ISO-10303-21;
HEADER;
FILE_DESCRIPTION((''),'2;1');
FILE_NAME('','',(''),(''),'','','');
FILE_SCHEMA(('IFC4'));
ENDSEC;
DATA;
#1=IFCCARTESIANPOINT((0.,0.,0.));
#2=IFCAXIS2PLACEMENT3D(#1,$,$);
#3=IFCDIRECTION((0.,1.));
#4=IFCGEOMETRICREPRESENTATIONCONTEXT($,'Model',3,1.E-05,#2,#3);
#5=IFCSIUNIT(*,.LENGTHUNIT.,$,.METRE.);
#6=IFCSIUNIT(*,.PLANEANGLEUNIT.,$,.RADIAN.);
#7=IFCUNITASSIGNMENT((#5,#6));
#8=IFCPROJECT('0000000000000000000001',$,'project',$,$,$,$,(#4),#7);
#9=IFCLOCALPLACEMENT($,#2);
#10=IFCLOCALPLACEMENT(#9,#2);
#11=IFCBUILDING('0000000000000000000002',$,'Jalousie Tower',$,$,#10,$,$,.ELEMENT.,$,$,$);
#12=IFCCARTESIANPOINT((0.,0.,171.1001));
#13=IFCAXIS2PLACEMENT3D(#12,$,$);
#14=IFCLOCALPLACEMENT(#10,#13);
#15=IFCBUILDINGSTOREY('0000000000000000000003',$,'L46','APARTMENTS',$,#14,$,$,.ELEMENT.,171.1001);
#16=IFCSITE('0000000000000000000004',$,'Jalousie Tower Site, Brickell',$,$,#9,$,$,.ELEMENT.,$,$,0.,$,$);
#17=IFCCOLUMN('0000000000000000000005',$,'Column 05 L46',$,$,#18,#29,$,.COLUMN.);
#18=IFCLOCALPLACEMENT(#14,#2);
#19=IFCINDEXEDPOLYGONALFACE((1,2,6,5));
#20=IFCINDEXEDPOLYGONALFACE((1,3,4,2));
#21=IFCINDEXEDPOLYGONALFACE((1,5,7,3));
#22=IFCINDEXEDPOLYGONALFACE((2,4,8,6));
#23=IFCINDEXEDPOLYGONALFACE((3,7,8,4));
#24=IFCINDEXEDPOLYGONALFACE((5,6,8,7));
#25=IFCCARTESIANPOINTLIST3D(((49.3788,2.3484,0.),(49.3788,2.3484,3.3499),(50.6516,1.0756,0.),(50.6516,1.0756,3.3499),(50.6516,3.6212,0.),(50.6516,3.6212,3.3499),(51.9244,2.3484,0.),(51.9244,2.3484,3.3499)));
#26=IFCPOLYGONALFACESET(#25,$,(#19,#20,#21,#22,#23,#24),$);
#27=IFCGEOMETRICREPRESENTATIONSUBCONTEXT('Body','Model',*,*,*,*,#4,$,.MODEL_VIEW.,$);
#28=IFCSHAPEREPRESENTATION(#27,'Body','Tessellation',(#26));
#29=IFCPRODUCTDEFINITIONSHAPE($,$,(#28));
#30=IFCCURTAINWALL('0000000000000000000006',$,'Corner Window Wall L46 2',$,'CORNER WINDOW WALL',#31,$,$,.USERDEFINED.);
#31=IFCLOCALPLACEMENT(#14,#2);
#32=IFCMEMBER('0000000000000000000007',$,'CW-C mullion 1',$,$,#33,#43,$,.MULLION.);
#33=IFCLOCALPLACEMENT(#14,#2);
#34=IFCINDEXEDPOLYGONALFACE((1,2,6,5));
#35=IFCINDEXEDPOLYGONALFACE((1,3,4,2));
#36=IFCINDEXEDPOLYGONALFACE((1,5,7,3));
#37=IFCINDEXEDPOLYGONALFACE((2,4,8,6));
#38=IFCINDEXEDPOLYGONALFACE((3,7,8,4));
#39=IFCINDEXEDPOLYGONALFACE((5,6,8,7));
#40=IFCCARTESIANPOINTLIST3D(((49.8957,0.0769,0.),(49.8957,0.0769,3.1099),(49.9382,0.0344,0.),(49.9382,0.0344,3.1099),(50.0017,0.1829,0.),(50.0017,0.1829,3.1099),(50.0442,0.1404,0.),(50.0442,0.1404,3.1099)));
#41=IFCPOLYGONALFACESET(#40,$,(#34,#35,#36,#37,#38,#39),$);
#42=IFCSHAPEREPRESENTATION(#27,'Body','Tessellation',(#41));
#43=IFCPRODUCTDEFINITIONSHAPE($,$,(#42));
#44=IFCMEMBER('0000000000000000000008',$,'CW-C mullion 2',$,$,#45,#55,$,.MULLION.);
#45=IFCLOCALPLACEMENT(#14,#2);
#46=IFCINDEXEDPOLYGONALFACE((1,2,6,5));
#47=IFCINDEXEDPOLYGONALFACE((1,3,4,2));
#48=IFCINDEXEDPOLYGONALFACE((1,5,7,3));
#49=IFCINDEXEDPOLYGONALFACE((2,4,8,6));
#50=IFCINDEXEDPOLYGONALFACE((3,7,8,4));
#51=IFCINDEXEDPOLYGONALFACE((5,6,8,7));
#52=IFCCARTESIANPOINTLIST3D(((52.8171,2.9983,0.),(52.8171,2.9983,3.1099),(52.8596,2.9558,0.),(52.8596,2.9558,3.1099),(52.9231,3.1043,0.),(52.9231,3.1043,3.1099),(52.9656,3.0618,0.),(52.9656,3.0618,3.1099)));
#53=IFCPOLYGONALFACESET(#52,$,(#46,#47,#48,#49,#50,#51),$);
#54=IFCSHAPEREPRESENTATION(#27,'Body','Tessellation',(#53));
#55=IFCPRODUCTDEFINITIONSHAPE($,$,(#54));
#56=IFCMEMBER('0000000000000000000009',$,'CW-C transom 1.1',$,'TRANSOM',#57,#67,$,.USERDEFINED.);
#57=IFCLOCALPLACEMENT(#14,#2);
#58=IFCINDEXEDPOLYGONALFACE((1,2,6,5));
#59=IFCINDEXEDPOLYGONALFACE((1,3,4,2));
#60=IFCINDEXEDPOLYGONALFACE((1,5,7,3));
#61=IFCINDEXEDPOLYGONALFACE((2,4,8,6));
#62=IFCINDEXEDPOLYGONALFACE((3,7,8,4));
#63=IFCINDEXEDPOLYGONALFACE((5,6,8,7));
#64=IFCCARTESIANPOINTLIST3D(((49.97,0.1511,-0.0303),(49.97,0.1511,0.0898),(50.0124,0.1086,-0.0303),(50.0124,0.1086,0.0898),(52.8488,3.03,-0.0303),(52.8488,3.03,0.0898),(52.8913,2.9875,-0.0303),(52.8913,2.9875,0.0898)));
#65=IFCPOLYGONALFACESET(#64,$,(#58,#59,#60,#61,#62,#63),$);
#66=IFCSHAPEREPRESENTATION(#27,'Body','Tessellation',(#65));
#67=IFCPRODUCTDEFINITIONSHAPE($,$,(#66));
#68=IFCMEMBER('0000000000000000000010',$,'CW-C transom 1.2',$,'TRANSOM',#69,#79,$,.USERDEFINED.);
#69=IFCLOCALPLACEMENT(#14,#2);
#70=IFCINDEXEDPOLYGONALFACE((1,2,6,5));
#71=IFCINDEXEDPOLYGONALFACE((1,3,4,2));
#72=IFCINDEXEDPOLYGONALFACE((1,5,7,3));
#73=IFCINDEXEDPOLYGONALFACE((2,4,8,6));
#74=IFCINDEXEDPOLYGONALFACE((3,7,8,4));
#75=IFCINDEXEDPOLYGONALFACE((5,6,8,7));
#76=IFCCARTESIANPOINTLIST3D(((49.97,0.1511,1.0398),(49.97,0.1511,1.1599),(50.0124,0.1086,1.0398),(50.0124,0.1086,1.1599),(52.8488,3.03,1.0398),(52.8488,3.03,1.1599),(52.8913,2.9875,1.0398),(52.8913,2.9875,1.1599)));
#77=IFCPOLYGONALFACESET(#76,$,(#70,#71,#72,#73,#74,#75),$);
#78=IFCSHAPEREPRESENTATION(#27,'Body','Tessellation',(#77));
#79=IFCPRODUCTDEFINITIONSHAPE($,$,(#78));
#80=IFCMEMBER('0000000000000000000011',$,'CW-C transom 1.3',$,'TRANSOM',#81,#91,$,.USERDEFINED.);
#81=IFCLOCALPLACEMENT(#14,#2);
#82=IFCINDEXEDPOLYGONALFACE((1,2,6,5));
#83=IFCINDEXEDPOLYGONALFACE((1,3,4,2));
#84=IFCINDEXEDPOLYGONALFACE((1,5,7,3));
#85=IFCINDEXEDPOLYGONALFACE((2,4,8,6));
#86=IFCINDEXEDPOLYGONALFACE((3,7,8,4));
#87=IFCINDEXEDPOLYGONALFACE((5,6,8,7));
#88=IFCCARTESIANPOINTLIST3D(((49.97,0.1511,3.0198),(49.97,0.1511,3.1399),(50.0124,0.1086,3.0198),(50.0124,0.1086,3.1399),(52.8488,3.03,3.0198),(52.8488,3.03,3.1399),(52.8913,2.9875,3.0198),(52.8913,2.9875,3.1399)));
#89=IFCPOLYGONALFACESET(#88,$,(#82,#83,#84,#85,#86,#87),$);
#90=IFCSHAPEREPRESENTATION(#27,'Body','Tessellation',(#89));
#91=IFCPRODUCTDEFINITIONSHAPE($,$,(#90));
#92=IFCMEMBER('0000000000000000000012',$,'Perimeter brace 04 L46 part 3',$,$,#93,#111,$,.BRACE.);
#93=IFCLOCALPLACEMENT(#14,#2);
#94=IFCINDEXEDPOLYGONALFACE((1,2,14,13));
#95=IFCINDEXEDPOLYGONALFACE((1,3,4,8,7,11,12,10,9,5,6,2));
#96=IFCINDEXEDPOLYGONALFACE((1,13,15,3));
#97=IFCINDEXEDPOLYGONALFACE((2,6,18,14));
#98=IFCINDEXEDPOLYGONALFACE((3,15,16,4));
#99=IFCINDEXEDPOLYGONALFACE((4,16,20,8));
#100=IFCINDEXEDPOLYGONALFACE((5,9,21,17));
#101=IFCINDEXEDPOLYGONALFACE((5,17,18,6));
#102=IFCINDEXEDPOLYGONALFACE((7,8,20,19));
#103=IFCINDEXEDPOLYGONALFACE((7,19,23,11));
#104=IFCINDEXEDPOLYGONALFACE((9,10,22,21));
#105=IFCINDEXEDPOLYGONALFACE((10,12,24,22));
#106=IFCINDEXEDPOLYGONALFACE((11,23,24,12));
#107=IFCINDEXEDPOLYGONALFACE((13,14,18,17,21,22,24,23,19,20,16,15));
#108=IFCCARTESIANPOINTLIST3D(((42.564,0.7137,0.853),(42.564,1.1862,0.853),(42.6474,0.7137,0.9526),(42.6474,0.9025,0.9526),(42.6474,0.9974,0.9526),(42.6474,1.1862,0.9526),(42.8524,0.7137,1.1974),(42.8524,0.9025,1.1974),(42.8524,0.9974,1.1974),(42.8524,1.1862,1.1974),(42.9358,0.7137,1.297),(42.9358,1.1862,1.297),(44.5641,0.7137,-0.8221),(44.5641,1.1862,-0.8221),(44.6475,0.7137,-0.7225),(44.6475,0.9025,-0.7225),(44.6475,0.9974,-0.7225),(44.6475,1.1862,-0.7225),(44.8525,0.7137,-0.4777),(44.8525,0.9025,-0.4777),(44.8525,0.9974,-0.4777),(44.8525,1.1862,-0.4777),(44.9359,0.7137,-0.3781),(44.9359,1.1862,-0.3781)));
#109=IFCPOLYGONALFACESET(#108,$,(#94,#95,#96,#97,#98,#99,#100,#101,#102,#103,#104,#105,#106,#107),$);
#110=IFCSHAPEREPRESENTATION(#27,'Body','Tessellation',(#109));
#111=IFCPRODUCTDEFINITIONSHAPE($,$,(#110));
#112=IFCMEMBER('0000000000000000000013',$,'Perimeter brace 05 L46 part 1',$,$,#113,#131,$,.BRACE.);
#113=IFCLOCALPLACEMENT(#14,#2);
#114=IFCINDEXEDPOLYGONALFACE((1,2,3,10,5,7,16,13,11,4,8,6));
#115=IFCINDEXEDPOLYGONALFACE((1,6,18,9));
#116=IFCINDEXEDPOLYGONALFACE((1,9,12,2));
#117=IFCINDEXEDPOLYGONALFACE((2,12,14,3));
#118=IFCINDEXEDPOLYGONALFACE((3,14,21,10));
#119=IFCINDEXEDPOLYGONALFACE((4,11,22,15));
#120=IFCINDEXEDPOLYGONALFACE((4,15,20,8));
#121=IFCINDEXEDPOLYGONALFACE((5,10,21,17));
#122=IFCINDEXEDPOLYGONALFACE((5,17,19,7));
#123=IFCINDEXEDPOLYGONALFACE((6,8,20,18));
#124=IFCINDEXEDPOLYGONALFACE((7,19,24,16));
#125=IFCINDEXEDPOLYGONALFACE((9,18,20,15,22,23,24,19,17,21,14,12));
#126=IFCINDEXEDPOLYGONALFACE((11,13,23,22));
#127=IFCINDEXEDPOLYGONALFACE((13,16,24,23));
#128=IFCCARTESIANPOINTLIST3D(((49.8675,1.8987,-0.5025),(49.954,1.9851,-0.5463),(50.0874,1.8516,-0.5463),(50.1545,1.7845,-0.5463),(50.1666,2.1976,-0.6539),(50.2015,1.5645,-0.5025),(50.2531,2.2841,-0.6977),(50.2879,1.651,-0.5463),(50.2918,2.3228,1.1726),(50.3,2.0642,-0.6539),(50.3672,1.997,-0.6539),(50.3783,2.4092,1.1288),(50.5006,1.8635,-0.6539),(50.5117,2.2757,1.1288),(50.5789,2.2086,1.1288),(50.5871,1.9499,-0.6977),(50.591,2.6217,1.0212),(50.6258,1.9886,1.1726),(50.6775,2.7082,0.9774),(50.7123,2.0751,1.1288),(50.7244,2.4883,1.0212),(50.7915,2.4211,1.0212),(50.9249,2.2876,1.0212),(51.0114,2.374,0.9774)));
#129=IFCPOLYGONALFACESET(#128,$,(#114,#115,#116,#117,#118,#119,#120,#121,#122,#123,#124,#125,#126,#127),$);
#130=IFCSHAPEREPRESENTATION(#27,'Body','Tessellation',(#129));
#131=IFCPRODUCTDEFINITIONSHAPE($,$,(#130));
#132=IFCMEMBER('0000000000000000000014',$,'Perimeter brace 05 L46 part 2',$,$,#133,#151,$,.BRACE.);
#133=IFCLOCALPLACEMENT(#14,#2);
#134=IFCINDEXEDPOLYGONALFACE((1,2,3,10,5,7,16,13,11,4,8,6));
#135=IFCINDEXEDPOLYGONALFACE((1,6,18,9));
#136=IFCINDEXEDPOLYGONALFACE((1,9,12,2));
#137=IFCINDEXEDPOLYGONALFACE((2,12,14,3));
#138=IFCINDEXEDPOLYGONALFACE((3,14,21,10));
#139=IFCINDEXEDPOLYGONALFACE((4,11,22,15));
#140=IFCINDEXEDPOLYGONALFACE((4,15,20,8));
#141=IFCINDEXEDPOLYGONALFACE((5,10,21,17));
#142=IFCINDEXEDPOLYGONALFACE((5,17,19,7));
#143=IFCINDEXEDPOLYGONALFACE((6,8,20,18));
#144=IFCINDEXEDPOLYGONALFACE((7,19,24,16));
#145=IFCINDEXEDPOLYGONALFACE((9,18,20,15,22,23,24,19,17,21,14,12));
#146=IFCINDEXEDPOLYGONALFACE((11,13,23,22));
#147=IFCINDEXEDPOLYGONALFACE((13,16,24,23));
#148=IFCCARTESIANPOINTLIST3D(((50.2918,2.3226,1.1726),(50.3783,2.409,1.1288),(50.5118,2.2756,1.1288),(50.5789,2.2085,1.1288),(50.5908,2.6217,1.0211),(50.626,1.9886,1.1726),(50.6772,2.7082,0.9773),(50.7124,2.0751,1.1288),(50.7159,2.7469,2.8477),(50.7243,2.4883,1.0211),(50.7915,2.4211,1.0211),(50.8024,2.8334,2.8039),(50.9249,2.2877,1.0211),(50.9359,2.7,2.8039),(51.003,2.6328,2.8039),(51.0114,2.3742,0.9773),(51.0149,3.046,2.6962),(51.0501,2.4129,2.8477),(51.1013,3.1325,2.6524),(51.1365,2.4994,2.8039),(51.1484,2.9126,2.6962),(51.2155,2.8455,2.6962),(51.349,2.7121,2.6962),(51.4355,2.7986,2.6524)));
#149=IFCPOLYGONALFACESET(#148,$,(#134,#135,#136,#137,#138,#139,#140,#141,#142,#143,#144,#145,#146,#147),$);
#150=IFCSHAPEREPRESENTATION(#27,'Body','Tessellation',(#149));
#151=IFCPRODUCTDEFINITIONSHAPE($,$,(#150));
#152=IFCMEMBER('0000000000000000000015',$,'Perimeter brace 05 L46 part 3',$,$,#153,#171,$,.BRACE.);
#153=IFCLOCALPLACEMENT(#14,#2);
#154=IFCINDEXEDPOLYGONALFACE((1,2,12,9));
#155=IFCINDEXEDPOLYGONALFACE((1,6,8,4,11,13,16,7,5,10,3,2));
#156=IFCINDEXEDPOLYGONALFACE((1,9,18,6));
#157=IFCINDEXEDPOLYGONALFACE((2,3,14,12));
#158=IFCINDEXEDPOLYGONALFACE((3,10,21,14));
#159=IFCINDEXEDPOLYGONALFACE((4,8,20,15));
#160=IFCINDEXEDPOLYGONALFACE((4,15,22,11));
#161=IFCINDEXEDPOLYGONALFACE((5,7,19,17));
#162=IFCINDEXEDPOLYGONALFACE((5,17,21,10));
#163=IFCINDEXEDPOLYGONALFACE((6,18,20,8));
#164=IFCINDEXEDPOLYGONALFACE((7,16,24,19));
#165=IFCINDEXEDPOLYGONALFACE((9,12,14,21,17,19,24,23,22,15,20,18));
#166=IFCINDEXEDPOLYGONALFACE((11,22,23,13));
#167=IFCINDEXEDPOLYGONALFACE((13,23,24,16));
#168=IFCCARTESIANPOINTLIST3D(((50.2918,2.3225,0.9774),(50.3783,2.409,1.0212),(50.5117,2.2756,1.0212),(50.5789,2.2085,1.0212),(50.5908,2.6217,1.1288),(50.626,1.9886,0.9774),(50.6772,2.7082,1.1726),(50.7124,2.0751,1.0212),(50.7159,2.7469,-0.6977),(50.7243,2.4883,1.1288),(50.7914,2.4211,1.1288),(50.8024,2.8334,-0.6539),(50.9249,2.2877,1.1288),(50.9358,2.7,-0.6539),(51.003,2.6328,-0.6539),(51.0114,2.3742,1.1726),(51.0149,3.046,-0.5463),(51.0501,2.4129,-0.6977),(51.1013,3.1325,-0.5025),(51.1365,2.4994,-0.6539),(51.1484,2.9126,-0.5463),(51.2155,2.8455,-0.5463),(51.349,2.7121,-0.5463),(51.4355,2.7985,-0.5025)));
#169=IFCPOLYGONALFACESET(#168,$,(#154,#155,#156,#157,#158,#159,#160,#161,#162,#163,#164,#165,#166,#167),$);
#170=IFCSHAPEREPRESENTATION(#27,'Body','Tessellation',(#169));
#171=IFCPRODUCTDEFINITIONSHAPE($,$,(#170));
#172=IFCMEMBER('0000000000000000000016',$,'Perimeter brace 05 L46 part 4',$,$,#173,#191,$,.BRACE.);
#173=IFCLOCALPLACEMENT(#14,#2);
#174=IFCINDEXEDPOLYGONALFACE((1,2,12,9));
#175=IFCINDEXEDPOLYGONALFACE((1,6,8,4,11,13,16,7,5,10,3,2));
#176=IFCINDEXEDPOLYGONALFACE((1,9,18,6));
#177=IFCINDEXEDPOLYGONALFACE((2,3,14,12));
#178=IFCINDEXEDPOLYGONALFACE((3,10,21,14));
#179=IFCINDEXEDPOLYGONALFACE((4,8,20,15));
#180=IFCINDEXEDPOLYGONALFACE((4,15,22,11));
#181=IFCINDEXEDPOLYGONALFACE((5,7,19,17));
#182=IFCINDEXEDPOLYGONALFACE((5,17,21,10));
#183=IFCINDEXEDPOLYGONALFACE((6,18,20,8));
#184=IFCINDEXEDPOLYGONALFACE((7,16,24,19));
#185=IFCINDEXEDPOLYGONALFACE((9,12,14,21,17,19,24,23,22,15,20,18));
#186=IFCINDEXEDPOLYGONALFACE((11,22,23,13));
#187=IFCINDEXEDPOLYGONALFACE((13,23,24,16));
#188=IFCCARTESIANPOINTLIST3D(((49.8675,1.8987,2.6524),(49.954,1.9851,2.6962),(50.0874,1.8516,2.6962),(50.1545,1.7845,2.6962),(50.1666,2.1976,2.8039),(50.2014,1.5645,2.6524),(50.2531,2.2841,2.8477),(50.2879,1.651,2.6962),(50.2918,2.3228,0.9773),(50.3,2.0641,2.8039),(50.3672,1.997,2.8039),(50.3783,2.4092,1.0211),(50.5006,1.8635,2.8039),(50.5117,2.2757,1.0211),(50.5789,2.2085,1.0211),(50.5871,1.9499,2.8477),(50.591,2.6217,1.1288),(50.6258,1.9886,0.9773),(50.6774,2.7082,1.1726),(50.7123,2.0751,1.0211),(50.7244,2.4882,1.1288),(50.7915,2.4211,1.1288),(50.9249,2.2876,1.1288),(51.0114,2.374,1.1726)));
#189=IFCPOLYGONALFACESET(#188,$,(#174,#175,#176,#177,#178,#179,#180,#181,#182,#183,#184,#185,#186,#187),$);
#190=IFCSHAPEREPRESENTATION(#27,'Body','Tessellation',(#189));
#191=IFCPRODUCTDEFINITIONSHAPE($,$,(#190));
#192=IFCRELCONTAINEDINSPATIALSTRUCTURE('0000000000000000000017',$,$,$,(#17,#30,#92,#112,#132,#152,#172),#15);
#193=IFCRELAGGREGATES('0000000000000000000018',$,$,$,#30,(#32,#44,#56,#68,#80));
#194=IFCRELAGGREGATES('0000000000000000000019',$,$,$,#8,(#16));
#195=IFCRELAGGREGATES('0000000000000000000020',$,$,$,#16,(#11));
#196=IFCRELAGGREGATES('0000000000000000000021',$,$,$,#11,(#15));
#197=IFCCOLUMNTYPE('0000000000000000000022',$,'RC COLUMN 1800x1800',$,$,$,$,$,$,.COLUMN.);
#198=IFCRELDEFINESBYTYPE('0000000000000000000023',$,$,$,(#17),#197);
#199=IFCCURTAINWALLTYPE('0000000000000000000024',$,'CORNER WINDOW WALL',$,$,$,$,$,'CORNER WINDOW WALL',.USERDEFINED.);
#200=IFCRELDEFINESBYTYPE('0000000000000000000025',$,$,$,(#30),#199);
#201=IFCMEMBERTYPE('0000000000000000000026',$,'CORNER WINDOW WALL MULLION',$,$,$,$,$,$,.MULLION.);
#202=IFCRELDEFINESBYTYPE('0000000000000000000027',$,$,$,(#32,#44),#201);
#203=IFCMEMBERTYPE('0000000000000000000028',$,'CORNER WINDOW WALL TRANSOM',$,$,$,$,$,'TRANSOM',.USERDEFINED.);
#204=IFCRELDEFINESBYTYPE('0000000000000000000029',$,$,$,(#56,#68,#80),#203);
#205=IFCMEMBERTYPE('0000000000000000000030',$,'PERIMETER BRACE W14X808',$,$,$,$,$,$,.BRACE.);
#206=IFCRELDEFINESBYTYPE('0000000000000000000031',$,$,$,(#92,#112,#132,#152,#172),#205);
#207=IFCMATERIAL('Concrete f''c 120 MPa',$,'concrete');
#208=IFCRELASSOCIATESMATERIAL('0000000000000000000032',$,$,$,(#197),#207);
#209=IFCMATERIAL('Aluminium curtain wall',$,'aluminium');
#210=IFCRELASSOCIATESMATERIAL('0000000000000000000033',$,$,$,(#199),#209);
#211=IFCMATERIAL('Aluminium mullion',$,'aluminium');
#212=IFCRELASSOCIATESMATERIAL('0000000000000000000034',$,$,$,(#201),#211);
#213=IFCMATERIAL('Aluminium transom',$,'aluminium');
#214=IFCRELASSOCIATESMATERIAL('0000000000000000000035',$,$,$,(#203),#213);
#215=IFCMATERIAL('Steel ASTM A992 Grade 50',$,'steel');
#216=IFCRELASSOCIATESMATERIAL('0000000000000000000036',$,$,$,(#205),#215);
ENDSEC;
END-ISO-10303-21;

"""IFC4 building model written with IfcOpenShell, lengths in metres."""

from ifc_helpers import new_model, si_unit, direction, frame, origin, origin_2d, place, context, subcontext, project, spatial, rectangle, i_section, extrude, material, material_profile, profile_set, type_object, element, aggregate, save


model = new_model("IFC4")

# Units and contexts
model_context = context("Model", 3, precision=1e-05, world=origin(), true_north=direction((0.0, 1.0)))
body_context = subcontext(model_context, "Body", "Model", "MODEL_VIEW")
ifc_project = project(units=[si_unit("LENGTHUNIT", "METRE"), si_unit("PLANEANGLEUNIT", "RADIAN")], contexts=[model_context])

# Site, building, storey
site_placement = place(None, origin())
site = spatial("IfcSite", under=ifc_project, at=site_placement, Name="Jalousie Tower Site, Brickell", CompositionType="ELEMENT", RefElevation=0.0)
building_placement = place(site_placement, origin())
building = spatial("IfcBuilding", under=site, at=building_placement, Name="Jalousie Tower", CompositionType="ELEMENT")
storey_placement = place(building_placement, frame((0.0, 0.0, 171.1001)))
storey = spatial("IfcBuildingStorey", under=building, at=storey_placement, Name="L46", Description="APARTMENTS", CompositionType="ELEMENT", Elevation=171.1001)

# Column
ifc_material_1 = material(Name="Concrete f'c 120 MPa", Category="concrete")
ifc_material_profile_1 = material_profile(ifc_material_1, rectangle(XDim=1.8, YDim=1.8, at=origin_2d()), Name="RC 1800x1800")
ifc_profile_set_1 = profile_set([ifc_material_profile_1], Name="Concrete f'c 120 MPa")
column_type = type_object("IfcColumnType", Name="RC COLUMN 1800x1800", PredefinedType="COLUMN", material=ifc_profile_set_1)
column_placement = place(storey_placement, frame((50.6516, 2.3484, 0.0), z_axis=(0.0, 0.0, 1.0), x_axis=(0.707107, 0.707107, 0.0)))
element("IfcColumn", 1, at=column_placement, inside=storey, type_object=column_type, Name="Column 05 L46", PredefinedType="COLUMN", context=body_context, shape_type="SweptSolid", body=[
    extrude(rectangle(XDim=1.8, YDim=1.8, at=origin_2d()), origin(), (0.0, 0.0, 1.0), 3.3499),
])

# Curtain wall, members
ifc_material_2 = material(Name="Aluminium curtain wall", Category="aluminium")
curtain_wall_type_1 = type_object("IfcCurtainWallType", Name="CORNER WINDOW WALL", ElementType="CORNER WINDOW WALL", PredefinedType="USERDEFINED", material=ifc_material_2)
curtain_wall_1_placement = place(storey_placement, origin())
curtain_wall_1 = element("IfcCurtainWall", 2, at=curtain_wall_1_placement, inside=storey, type_object=curtain_wall_type_1, Name="Corner Window Wall L46 2", ObjectType="CORNER WINDOW WALL", PredefinedType="USERDEFINED")
ifc_material_3 = material(Name="Aluminium mullion", Category="aluminium")
ifc_material_profile_2 = material_profile(ifc_material_3, rectangle(XDim=0.0601, YDim=0.1499, at=origin_2d()), Name="MULLION 60x150")
ifc_profile_set_2 = profile_set([ifc_material_profile_2], Name="Aluminium mullion")
member_type_1 = type_object("IfcMemberType", Name="CORNER WINDOW WALL MULLION", PredefinedType="MULLION", material=ifc_profile_set_2)
member_1_placement = place(storey_placement, frame((49.97, 0.1086, 0.0), z_axis=(0.0, 0.0, 1.0), x_axis=(-0.707107, 0.707107, 0.0)))
member_1 = element("IfcMember", 3, at=member_1_placement, type_object=member_type_1, Name="CW-C mullion 1", PredefinedType="MULLION", context=body_context, shape_type="SweptSolid", body=[
    extrude(rectangle(XDim=0.0601, YDim=0.1499, at=origin_2d()), origin(), (0.0, 0.0, 1.0), 3.1099),
])
member_2_placement = place(storey_placement, frame((52.8914, 3.03, 0.0), z_axis=(0.0, 0.0, 1.0), x_axis=(-0.707107, 0.707107, 0.0)))
member_2 = element("IfcMember", 4, at=member_2_placement, type_object=member_type_1, Name="CW-C mullion 2", PredefinedType="MULLION", context=body_context, shape_type="SweptSolid", body=[
    extrude(rectangle(XDim=0.0601, YDim=0.1499, at=origin_2d()), origin(), (0.0, 0.0, 1.0), 3.1099),
])
ifc_material_4 = material(Name="Aluminium transom", Category="aluminium")
ifc_material_profile_3 = material_profile(ifc_material_4, rectangle(XDim=0.0601, YDim=0.1201, at=origin_2d()), Name="TRANSOM 60x120")
ifc_profile_set_3 = profile_set([ifc_material_profile_3], Name="Aluminium transom")
member_type_2 = type_object("IfcMemberType", Name="CORNER WINDOW WALL TRANSOM", ElementType="TRANSOM", PredefinedType="USERDEFINED", material=ifc_profile_set_3)
member_3_placement = place(storey_placement, frame((49.9912, 0.1299, 0.0298), z_axis=(0.707107, 0.707107, 0.0), x_axis=(-0.707107, 0.707107, 0.0)))
member_3 = element("IfcMember", 5, at=member_3_placement, type_object=member_type_2, Name="CW-C transom 1.1", ObjectType="TRANSOM", PredefinedType="USERDEFINED", context=body_context, shape_type="SweptSolid", body=[
    extrude(rectangle(XDim=0.0601, YDim=0.1201, at=origin_2d()), origin(), (0.0, 0.0, 1.0), 4.0713),
])
member_4_placement = place(storey_placement, frame((49.9912, 0.1299, 1.0999), z_axis=(0.707107, 0.707107, 0.0), x_axis=(-0.707107, 0.707107, 0.0)))
member_4 = element("IfcMember", 6, at=member_4_placement, type_object=member_type_2, Name="CW-C transom 1.2", ObjectType="TRANSOM", PredefinedType="USERDEFINED", context=body_context, shape_type="SweptSolid", body=[
    extrude(rectangle(XDim=0.0601, YDim=0.1201, at=origin_2d()), origin(), (0.0, 0.0, 1.0), 4.0713),
])
member_5_placement = place(storey_placement, frame((49.9912, 0.1299, 3.0798), z_axis=(0.707107, 0.707107, 0.0), x_axis=(-0.707107, 0.707107, 0.0)))
member_5 = element("IfcMember", 7, at=member_5_placement, type_object=member_type_2, Name="CW-C transom 1.3", ObjectType="TRANSOM", PredefinedType="USERDEFINED", context=body_context, shape_type="SweptSolid", body=[
    extrude(rectangle(XDim=0.0601, YDim=0.1201, at=origin_2d()), origin(), (0.0, 0.0, 1.0), 4.0713),
])

# Members
ifc_material_5 = material(Name="Steel ASTM A992 Grade 50", Category="steel")
ifc_material_profile_4 = material_profile(ifc_material_5, i_section(OverallWidth=0.4724, OverallDepth=0.5791, WebThickness=0.095, FlangeThickness=0.1299, at=origin_2d()), Name="W14X808")
ifc_profile_set_4 = profile_set([ifc_material_profile_4], Name="Steel ASTM A992 Grade 50")
member_type_3 = type_object("IfcMemberType", Name="PERIMETER BRACE W14X808", PredefinedType="BRACE", material=ifc_profile_set_4)
member_6_placement = place(storey_placement, frame((44.75, 0.95, -0.6001), z_axis=(-0.766639, 0.0, 0.642079), x_axis=(0.0, -1.0, 0.0)))
element("IfcMember", 8, at=member_6_placement, inside=storey, type_object=member_type_3, Name="Perimeter brace 04 L46 part 3", PredefinedType="BRACE", context=body_context, shape_type="SweptSolid", body=[
    extrude(i_section(OverallWidth=0.4724, OverallDepth=0.5791, WebThickness=0.095, FlangeThickness=0.1299, at=origin_2d()), origin(), (0.0, 0.0, 1.0), 2.6089),
])
for number, where, z_axis, x_axis, name in (
    (9, (50.2273, 1.9243, -0.6001), (0.238483, 0.238346, 0.941444), (-0.706903, 0.70731, 0.0), "Perimeter brace 05 L46 part 1"),
    (10, (50.6516, 2.3484, 1.075), (0.238346, 0.238483, 0.941444), (-0.70731, 0.706903, 0.0), "Perimeter brace 05 L46 part 2"),
    (11, (51.0757, 2.7727, -0.6001), (-0.238346, -0.238483, 0.941444), (0.70731, -0.706903, 0.0), "Perimeter brace 05 L46 part 3"),
    (12, (50.6516, 2.3484, 1.075), (-0.238483, -0.238346, 0.941444), (0.706903, -0.70731, 0.0), "Perimeter brace 05 L46 part 4"),
):
    element("IfcMember", number, at=place(storey_placement, frame(where, z_axis=z_axis, x_axis=x_axis)), inside=storey, type_object=member_type_3, Name=name, PredefinedType="BRACE", context=body_context, shape_type="SweptSolid", body=[
        extrude(i_section(OverallWidth=0.4724, OverallDepth=0.5791, WebThickness=0.095, FlangeThickness=0.1299, at=origin_2d()), origin(), (0.0, 0.0, 1.0), 1.7793),
    ])

aggregate(curtain_wall_1, [member_1, member_2, member_3, member_4, member_5])

save(model, "model.ifc")
